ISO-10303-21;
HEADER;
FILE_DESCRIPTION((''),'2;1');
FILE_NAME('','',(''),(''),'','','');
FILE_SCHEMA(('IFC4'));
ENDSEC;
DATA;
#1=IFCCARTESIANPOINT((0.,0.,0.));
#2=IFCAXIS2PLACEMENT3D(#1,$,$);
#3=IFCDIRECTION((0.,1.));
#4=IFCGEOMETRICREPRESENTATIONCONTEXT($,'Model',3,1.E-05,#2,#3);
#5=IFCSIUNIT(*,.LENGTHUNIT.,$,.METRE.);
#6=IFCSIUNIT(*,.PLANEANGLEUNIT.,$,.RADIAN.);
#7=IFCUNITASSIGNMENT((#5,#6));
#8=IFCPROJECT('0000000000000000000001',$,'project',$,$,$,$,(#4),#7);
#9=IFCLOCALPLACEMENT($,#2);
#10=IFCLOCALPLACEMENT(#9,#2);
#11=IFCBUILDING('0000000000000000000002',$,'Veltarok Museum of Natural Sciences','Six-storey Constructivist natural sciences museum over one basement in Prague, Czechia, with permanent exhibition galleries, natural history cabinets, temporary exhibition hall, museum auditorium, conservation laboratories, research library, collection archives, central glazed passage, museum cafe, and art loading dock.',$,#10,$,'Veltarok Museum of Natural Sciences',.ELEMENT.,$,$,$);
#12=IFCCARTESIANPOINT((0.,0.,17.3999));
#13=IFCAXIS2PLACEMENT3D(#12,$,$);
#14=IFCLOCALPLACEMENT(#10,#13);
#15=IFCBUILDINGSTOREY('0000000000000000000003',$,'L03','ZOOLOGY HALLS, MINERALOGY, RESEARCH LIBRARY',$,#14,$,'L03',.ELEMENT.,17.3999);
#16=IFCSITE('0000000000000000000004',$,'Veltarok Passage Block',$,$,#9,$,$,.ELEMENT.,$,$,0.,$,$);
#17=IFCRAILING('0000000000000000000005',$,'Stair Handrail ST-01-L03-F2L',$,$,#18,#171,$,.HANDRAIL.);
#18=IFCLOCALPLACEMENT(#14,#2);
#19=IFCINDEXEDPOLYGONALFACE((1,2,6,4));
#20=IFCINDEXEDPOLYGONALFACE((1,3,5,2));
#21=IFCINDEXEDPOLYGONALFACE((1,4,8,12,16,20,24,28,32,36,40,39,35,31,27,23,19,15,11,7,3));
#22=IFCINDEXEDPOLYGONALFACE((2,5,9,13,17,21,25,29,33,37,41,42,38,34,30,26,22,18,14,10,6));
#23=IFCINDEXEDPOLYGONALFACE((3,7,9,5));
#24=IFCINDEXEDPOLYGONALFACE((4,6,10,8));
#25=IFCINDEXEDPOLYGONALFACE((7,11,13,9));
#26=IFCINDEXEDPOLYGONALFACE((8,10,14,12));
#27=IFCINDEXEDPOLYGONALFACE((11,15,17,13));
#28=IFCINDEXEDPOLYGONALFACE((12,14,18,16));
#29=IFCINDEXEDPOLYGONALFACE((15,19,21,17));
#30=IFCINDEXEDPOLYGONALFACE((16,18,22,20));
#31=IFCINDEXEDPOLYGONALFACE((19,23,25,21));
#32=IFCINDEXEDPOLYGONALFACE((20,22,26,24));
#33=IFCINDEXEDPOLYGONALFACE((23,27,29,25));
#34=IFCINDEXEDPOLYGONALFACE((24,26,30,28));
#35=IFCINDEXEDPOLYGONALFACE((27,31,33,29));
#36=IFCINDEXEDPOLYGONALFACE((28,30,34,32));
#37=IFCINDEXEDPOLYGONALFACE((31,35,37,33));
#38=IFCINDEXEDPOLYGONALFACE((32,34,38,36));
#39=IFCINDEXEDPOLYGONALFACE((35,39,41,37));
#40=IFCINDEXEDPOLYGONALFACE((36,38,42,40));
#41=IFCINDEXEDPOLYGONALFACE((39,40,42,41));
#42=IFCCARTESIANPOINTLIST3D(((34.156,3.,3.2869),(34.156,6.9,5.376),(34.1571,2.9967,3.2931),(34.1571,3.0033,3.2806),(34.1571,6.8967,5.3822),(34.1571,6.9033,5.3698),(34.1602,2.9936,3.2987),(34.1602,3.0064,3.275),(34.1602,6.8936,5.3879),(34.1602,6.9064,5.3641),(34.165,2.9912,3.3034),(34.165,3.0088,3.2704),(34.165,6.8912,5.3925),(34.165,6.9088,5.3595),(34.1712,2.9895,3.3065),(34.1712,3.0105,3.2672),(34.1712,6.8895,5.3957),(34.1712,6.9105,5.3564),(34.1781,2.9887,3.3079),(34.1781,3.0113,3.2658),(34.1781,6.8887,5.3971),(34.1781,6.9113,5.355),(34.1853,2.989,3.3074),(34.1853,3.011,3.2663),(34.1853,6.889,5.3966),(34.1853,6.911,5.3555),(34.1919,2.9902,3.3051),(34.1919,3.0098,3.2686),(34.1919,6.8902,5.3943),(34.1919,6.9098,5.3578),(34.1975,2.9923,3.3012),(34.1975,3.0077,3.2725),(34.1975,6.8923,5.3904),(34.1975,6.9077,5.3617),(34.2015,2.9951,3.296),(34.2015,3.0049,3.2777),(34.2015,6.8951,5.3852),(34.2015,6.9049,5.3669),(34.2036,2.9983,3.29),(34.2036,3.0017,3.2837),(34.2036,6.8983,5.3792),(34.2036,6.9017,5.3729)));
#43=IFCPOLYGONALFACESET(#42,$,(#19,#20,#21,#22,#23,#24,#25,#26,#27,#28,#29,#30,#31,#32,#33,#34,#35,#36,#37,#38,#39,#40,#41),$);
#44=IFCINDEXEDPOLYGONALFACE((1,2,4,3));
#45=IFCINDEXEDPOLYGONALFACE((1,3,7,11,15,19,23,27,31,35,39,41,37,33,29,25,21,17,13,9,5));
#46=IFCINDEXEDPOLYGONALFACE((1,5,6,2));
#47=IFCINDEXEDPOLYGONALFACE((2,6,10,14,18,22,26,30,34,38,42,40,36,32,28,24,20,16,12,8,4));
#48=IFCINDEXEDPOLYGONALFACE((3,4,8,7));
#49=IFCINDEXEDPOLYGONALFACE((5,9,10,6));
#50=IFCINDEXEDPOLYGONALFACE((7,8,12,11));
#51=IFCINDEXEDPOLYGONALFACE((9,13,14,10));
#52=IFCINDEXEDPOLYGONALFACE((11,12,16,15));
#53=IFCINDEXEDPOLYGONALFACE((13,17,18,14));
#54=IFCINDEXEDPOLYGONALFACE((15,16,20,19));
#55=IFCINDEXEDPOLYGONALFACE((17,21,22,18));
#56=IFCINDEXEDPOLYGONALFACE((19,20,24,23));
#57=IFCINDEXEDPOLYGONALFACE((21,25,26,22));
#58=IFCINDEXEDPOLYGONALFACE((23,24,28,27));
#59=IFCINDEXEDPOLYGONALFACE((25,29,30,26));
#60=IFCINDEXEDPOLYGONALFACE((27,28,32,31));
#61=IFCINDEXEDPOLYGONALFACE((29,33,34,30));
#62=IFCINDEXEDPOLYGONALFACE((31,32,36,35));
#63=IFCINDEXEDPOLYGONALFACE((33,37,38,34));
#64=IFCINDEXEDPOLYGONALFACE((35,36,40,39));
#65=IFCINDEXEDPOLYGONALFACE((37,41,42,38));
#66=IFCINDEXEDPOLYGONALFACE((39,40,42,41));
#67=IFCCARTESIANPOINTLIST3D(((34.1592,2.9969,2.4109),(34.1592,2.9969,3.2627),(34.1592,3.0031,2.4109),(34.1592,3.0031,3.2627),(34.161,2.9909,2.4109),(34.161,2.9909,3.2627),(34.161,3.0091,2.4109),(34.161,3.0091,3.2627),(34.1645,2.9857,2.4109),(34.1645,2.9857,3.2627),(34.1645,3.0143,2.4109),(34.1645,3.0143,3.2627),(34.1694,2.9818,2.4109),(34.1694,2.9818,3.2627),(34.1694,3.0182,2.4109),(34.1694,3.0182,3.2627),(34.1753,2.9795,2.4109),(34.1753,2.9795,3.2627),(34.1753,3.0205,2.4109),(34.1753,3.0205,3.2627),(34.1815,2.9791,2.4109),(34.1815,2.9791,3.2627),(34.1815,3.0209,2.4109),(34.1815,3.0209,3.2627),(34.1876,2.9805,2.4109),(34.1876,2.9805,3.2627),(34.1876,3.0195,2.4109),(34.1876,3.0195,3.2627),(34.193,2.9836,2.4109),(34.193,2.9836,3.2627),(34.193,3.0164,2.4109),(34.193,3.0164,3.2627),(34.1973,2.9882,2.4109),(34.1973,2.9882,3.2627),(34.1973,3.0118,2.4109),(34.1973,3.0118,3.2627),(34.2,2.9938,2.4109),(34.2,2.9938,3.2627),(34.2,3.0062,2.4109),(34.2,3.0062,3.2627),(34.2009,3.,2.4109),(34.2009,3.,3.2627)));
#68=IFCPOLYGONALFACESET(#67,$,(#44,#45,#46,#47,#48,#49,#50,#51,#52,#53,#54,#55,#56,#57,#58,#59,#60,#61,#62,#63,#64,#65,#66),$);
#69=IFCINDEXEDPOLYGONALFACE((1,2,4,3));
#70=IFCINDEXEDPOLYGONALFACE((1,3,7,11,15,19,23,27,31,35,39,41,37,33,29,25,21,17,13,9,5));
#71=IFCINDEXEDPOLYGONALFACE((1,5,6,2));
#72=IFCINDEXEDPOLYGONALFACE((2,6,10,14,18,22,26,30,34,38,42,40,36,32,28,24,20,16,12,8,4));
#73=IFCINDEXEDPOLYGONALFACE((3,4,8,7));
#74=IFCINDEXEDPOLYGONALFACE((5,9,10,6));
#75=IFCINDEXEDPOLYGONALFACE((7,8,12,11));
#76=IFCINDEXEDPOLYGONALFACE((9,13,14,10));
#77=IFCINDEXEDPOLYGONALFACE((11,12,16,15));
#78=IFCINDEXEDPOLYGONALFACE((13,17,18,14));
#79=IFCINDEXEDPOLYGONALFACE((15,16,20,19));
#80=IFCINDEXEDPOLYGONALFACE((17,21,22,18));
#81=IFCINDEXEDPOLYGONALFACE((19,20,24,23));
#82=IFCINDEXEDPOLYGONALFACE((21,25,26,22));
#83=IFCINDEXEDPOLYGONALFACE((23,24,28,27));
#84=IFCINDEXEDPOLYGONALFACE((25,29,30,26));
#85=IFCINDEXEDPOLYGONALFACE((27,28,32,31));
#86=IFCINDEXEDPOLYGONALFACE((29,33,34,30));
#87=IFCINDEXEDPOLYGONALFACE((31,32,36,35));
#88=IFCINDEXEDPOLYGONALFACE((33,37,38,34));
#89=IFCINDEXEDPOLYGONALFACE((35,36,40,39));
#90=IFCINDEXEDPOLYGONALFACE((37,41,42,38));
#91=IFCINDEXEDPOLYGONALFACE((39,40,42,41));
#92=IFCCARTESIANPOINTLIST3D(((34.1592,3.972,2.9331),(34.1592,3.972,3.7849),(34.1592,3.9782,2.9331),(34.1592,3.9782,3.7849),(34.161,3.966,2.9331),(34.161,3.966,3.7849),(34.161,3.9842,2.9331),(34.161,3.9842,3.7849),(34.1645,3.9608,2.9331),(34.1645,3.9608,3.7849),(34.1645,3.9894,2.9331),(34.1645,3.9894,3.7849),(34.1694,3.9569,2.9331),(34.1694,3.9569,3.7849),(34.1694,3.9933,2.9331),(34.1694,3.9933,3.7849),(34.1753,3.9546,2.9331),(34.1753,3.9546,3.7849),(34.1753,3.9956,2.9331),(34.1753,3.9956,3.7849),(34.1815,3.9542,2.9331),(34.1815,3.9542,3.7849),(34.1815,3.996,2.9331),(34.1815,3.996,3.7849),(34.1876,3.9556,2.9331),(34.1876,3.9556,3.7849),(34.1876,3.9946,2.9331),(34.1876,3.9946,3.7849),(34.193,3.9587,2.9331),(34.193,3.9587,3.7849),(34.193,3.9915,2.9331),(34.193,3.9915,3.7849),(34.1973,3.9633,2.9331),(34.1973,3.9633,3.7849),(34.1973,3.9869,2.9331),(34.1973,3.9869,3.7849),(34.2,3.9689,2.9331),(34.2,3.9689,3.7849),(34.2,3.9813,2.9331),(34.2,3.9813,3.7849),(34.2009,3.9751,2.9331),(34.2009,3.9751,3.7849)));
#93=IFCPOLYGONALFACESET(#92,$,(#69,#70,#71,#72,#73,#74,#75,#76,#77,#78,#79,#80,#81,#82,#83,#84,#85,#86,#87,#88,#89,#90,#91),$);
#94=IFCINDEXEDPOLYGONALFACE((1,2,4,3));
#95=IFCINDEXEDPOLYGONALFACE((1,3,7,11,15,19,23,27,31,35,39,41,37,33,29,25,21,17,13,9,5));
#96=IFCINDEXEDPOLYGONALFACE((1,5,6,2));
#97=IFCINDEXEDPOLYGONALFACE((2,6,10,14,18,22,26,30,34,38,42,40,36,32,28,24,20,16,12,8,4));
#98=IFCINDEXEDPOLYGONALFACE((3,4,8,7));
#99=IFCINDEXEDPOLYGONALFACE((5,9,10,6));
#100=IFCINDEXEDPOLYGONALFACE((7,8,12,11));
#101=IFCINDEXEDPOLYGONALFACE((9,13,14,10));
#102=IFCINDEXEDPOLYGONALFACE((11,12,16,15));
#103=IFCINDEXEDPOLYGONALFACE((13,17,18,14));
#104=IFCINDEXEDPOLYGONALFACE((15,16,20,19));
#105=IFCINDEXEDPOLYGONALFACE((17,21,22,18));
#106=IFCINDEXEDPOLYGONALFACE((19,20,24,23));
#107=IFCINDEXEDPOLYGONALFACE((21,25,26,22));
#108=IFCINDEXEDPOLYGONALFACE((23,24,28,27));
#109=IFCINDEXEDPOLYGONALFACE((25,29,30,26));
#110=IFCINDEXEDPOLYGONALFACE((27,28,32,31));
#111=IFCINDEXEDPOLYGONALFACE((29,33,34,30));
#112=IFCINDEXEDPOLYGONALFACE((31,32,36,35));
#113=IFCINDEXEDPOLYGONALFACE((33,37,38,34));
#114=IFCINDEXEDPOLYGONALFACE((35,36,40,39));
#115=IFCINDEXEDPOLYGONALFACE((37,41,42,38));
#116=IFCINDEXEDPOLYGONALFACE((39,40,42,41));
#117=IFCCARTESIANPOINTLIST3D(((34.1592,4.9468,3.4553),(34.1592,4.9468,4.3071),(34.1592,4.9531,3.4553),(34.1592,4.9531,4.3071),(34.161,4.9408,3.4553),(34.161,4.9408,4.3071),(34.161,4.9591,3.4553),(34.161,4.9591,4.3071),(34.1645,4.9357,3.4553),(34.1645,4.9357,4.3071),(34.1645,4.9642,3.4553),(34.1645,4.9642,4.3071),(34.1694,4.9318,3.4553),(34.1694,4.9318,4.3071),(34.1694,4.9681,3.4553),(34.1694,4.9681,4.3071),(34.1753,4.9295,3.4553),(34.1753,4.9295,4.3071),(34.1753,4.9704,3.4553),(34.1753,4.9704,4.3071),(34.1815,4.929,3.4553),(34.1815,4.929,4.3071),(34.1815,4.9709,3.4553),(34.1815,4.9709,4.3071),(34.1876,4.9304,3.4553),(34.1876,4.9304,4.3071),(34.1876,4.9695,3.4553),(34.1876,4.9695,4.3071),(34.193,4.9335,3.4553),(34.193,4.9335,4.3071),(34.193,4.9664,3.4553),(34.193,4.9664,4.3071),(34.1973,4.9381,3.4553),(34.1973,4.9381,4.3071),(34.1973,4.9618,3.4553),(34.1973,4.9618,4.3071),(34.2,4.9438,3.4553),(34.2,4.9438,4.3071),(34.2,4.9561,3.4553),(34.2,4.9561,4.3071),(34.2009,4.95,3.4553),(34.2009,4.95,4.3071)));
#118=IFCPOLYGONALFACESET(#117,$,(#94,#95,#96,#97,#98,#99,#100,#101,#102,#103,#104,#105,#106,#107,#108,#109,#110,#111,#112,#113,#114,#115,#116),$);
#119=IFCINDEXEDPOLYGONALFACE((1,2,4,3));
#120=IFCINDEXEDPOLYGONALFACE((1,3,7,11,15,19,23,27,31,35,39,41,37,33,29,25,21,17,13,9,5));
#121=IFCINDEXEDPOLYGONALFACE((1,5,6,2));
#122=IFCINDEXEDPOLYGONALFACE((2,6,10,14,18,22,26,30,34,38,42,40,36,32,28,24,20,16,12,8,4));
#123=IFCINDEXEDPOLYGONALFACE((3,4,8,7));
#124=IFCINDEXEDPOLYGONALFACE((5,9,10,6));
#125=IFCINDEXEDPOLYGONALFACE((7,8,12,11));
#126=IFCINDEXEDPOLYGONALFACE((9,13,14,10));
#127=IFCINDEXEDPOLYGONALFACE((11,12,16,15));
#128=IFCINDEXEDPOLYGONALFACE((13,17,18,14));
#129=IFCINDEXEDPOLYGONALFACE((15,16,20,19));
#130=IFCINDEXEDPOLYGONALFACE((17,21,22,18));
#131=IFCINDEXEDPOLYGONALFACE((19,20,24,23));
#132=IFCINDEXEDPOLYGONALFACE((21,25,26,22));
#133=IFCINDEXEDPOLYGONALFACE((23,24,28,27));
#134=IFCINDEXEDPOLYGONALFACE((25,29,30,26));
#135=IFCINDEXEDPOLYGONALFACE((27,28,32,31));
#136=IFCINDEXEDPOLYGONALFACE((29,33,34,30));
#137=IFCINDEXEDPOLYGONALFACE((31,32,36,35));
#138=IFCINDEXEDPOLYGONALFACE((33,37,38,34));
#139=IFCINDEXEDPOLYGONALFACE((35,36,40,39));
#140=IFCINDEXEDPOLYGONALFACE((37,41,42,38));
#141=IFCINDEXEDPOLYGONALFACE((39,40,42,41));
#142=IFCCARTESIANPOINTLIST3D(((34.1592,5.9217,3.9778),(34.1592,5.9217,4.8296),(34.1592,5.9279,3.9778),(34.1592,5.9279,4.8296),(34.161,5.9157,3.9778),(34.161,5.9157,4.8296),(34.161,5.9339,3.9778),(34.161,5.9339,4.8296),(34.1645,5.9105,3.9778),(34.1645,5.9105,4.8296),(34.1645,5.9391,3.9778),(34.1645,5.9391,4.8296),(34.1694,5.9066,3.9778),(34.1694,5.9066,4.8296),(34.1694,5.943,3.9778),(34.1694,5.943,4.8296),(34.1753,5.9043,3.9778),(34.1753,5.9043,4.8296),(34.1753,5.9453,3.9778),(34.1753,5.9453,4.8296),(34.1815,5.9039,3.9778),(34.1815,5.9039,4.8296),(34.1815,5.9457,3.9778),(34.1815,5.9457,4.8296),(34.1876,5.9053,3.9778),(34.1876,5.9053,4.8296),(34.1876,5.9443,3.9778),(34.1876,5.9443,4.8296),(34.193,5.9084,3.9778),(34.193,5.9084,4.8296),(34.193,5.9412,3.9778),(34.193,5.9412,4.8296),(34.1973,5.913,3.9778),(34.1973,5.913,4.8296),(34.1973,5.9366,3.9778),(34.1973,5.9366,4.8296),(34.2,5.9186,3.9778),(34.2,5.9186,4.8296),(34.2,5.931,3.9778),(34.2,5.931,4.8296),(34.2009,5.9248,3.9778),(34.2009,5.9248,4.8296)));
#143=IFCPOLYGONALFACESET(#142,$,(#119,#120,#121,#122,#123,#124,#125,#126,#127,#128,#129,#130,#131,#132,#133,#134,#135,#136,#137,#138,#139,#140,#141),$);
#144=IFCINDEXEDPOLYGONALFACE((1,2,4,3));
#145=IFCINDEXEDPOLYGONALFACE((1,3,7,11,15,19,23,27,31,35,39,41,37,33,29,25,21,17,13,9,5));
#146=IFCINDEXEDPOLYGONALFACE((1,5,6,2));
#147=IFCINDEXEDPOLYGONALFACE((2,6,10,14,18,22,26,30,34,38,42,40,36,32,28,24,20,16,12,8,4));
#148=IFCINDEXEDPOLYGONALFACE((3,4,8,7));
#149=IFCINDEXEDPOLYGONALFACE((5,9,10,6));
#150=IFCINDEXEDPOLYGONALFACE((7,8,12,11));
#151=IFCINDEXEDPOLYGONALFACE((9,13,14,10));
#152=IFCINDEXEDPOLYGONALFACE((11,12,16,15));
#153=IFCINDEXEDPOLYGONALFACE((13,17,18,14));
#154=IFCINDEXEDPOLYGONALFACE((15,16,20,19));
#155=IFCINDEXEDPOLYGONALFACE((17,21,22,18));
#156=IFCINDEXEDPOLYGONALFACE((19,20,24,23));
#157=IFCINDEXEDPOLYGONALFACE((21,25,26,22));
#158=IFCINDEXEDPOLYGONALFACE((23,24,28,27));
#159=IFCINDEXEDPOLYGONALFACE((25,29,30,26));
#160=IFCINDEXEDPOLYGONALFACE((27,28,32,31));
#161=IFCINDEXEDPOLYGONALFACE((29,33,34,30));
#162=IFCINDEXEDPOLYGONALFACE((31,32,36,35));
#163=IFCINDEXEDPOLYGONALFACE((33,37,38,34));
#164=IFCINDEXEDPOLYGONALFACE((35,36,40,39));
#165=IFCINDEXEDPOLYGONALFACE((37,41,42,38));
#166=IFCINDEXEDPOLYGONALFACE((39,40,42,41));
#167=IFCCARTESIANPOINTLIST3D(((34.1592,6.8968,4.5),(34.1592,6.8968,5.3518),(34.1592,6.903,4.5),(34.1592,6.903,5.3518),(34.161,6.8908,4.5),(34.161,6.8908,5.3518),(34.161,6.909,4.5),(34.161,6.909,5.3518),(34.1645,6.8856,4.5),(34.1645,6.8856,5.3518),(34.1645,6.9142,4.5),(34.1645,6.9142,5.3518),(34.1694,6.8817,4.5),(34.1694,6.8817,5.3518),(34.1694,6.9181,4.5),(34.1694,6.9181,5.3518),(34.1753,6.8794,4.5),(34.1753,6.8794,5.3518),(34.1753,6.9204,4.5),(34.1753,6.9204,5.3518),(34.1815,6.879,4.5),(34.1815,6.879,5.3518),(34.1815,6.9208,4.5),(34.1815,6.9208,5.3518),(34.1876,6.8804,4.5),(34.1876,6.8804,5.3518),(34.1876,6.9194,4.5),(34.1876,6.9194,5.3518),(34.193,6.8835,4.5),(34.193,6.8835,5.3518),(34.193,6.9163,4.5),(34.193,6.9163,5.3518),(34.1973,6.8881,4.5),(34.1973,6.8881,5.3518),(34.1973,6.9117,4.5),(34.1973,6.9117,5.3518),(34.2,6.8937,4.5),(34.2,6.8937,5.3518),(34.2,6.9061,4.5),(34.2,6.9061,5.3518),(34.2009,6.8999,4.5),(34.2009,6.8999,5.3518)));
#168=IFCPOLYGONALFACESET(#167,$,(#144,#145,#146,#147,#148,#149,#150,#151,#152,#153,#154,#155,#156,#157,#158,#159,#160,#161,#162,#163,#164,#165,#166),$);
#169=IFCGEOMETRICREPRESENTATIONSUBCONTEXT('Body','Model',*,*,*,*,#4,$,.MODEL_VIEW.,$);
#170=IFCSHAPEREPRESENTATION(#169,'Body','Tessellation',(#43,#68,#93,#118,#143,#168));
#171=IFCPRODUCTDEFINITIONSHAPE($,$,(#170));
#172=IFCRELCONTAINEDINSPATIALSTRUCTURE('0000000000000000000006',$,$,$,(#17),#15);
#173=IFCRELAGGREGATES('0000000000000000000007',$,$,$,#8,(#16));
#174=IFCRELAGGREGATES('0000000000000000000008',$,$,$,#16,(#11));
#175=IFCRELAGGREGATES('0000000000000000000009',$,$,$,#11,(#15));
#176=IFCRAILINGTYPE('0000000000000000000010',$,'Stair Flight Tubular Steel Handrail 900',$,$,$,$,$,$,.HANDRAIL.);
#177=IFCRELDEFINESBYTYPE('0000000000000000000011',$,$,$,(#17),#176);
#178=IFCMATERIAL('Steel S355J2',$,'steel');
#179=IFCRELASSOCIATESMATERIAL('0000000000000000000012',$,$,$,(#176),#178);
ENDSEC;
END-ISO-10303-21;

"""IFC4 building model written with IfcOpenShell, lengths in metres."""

from ifc_helpers import new_model, si_unit, direction, frame, origin, origin_2d, place, context, subcontext, project, spatial, circle, extrude, material, type_object, element, save


model = new_model("IFC4")

# Units and contexts
model_context = context("Model", 3, precision=1e-05, world=origin(), true_north=direction((0.0, 1.0)))
body_context = subcontext(model_context, "Body", "Model", "MODEL_VIEW")
ifc_project = project(units=[si_unit("LENGTHUNIT", "METRE"), si_unit("PLANEANGLEUNIT", "RADIAN")], contexts=[model_context])

# Site, building, storey
site_placement = place(None, origin())
site = spatial("IfcSite", under=ifc_project, at=site_placement, Name="Veltarok Passage Block", CompositionType="ELEMENT", RefElevation=0.0)
building_placement = place(site_placement, origin())
building = spatial("IfcBuilding", under=site, at=building_placement, Name="Veltarok Museum of Natural Sciences", Description="Six-storey Constructivist natural sciences museum over one basement in Prague, Czechia, with permanent exhibition galleries, natural history cabinets, temporary exhibition hall, museum auditorium, conservation laboratories, research library, collection archives, central glazed passage, museum cafe, and art loading dock.", LongName="Veltarok Museum of Natural Sciences", CompositionType="ELEMENT")
storey_placement = place(building_placement, frame((0.0, 0.0, 17.3999)))
storey = spatial("IfcBuildingStorey", under=building, at=storey_placement, Name="L03", Description="ZOOLOGY HALLS, MINERALOGY, RESEARCH LIBRARY", LongName="L03", CompositionType="ELEMENT", Elevation=17.3999)

# Shared definitions
ifc_material_1 = material(Name="Steel S355J2", Category="steel")

# Railing
railing_type_1 = type_object("IfcRailingType", Name="Stair Flight Tubular Steel Handrail 900", PredefinedType="HANDRAIL", material=ifc_material_1)
for number, where, name in (
    (1, (34.1799, 3.0, 2.4109), "Stair Handrail ST-01-L03-F2L"),
):
    element("IfcRailing", number, at=place(storey_placement, frame(where)), inside=storey, type_object=railing_type_1, Name=name, PredefinedType="HANDRAIL", context=body_context, shape_type="SweptSolid", body=[
        extrude(circle(Radius=0.0239, at=origin_2d()), frame((0.0, 0.0, 0.876), z_axis=(0.0, 0.881491, 0.4722), x_axis=(-1.0, 0.0, 0.0)), (0.0, 0.0, 1.0), 4.4243),
        extrude(circle(Radius=0.021, at=origin_2d()), origin(), (0.0, 0.0, 1.0), 0.8518),
        extrude(circle(Radius=0.021, at=origin_2d()), frame((0.0, 0.9751, 0.5222)), (0.0, 0.0, 1.0), 0.8518),
        extrude(circle(Radius=0.021, at=origin_2d()), frame((0.0, 1.95, 1.0444)), (0.0, 0.0, 1.0), 0.8518),
        extrude(circle(Radius=0.021, at=origin_2d()), frame((0.0, 2.9248, 1.5669)), (0.0, 0.0, 1.0), 0.8518),
        extrude(circle(Radius=0.021, at=origin_2d()), frame((0.0, 3.8999, 2.0891)), (0.0, 0.0, 1.0), 0.8518),
    ])

save(model, "model.ifc")
